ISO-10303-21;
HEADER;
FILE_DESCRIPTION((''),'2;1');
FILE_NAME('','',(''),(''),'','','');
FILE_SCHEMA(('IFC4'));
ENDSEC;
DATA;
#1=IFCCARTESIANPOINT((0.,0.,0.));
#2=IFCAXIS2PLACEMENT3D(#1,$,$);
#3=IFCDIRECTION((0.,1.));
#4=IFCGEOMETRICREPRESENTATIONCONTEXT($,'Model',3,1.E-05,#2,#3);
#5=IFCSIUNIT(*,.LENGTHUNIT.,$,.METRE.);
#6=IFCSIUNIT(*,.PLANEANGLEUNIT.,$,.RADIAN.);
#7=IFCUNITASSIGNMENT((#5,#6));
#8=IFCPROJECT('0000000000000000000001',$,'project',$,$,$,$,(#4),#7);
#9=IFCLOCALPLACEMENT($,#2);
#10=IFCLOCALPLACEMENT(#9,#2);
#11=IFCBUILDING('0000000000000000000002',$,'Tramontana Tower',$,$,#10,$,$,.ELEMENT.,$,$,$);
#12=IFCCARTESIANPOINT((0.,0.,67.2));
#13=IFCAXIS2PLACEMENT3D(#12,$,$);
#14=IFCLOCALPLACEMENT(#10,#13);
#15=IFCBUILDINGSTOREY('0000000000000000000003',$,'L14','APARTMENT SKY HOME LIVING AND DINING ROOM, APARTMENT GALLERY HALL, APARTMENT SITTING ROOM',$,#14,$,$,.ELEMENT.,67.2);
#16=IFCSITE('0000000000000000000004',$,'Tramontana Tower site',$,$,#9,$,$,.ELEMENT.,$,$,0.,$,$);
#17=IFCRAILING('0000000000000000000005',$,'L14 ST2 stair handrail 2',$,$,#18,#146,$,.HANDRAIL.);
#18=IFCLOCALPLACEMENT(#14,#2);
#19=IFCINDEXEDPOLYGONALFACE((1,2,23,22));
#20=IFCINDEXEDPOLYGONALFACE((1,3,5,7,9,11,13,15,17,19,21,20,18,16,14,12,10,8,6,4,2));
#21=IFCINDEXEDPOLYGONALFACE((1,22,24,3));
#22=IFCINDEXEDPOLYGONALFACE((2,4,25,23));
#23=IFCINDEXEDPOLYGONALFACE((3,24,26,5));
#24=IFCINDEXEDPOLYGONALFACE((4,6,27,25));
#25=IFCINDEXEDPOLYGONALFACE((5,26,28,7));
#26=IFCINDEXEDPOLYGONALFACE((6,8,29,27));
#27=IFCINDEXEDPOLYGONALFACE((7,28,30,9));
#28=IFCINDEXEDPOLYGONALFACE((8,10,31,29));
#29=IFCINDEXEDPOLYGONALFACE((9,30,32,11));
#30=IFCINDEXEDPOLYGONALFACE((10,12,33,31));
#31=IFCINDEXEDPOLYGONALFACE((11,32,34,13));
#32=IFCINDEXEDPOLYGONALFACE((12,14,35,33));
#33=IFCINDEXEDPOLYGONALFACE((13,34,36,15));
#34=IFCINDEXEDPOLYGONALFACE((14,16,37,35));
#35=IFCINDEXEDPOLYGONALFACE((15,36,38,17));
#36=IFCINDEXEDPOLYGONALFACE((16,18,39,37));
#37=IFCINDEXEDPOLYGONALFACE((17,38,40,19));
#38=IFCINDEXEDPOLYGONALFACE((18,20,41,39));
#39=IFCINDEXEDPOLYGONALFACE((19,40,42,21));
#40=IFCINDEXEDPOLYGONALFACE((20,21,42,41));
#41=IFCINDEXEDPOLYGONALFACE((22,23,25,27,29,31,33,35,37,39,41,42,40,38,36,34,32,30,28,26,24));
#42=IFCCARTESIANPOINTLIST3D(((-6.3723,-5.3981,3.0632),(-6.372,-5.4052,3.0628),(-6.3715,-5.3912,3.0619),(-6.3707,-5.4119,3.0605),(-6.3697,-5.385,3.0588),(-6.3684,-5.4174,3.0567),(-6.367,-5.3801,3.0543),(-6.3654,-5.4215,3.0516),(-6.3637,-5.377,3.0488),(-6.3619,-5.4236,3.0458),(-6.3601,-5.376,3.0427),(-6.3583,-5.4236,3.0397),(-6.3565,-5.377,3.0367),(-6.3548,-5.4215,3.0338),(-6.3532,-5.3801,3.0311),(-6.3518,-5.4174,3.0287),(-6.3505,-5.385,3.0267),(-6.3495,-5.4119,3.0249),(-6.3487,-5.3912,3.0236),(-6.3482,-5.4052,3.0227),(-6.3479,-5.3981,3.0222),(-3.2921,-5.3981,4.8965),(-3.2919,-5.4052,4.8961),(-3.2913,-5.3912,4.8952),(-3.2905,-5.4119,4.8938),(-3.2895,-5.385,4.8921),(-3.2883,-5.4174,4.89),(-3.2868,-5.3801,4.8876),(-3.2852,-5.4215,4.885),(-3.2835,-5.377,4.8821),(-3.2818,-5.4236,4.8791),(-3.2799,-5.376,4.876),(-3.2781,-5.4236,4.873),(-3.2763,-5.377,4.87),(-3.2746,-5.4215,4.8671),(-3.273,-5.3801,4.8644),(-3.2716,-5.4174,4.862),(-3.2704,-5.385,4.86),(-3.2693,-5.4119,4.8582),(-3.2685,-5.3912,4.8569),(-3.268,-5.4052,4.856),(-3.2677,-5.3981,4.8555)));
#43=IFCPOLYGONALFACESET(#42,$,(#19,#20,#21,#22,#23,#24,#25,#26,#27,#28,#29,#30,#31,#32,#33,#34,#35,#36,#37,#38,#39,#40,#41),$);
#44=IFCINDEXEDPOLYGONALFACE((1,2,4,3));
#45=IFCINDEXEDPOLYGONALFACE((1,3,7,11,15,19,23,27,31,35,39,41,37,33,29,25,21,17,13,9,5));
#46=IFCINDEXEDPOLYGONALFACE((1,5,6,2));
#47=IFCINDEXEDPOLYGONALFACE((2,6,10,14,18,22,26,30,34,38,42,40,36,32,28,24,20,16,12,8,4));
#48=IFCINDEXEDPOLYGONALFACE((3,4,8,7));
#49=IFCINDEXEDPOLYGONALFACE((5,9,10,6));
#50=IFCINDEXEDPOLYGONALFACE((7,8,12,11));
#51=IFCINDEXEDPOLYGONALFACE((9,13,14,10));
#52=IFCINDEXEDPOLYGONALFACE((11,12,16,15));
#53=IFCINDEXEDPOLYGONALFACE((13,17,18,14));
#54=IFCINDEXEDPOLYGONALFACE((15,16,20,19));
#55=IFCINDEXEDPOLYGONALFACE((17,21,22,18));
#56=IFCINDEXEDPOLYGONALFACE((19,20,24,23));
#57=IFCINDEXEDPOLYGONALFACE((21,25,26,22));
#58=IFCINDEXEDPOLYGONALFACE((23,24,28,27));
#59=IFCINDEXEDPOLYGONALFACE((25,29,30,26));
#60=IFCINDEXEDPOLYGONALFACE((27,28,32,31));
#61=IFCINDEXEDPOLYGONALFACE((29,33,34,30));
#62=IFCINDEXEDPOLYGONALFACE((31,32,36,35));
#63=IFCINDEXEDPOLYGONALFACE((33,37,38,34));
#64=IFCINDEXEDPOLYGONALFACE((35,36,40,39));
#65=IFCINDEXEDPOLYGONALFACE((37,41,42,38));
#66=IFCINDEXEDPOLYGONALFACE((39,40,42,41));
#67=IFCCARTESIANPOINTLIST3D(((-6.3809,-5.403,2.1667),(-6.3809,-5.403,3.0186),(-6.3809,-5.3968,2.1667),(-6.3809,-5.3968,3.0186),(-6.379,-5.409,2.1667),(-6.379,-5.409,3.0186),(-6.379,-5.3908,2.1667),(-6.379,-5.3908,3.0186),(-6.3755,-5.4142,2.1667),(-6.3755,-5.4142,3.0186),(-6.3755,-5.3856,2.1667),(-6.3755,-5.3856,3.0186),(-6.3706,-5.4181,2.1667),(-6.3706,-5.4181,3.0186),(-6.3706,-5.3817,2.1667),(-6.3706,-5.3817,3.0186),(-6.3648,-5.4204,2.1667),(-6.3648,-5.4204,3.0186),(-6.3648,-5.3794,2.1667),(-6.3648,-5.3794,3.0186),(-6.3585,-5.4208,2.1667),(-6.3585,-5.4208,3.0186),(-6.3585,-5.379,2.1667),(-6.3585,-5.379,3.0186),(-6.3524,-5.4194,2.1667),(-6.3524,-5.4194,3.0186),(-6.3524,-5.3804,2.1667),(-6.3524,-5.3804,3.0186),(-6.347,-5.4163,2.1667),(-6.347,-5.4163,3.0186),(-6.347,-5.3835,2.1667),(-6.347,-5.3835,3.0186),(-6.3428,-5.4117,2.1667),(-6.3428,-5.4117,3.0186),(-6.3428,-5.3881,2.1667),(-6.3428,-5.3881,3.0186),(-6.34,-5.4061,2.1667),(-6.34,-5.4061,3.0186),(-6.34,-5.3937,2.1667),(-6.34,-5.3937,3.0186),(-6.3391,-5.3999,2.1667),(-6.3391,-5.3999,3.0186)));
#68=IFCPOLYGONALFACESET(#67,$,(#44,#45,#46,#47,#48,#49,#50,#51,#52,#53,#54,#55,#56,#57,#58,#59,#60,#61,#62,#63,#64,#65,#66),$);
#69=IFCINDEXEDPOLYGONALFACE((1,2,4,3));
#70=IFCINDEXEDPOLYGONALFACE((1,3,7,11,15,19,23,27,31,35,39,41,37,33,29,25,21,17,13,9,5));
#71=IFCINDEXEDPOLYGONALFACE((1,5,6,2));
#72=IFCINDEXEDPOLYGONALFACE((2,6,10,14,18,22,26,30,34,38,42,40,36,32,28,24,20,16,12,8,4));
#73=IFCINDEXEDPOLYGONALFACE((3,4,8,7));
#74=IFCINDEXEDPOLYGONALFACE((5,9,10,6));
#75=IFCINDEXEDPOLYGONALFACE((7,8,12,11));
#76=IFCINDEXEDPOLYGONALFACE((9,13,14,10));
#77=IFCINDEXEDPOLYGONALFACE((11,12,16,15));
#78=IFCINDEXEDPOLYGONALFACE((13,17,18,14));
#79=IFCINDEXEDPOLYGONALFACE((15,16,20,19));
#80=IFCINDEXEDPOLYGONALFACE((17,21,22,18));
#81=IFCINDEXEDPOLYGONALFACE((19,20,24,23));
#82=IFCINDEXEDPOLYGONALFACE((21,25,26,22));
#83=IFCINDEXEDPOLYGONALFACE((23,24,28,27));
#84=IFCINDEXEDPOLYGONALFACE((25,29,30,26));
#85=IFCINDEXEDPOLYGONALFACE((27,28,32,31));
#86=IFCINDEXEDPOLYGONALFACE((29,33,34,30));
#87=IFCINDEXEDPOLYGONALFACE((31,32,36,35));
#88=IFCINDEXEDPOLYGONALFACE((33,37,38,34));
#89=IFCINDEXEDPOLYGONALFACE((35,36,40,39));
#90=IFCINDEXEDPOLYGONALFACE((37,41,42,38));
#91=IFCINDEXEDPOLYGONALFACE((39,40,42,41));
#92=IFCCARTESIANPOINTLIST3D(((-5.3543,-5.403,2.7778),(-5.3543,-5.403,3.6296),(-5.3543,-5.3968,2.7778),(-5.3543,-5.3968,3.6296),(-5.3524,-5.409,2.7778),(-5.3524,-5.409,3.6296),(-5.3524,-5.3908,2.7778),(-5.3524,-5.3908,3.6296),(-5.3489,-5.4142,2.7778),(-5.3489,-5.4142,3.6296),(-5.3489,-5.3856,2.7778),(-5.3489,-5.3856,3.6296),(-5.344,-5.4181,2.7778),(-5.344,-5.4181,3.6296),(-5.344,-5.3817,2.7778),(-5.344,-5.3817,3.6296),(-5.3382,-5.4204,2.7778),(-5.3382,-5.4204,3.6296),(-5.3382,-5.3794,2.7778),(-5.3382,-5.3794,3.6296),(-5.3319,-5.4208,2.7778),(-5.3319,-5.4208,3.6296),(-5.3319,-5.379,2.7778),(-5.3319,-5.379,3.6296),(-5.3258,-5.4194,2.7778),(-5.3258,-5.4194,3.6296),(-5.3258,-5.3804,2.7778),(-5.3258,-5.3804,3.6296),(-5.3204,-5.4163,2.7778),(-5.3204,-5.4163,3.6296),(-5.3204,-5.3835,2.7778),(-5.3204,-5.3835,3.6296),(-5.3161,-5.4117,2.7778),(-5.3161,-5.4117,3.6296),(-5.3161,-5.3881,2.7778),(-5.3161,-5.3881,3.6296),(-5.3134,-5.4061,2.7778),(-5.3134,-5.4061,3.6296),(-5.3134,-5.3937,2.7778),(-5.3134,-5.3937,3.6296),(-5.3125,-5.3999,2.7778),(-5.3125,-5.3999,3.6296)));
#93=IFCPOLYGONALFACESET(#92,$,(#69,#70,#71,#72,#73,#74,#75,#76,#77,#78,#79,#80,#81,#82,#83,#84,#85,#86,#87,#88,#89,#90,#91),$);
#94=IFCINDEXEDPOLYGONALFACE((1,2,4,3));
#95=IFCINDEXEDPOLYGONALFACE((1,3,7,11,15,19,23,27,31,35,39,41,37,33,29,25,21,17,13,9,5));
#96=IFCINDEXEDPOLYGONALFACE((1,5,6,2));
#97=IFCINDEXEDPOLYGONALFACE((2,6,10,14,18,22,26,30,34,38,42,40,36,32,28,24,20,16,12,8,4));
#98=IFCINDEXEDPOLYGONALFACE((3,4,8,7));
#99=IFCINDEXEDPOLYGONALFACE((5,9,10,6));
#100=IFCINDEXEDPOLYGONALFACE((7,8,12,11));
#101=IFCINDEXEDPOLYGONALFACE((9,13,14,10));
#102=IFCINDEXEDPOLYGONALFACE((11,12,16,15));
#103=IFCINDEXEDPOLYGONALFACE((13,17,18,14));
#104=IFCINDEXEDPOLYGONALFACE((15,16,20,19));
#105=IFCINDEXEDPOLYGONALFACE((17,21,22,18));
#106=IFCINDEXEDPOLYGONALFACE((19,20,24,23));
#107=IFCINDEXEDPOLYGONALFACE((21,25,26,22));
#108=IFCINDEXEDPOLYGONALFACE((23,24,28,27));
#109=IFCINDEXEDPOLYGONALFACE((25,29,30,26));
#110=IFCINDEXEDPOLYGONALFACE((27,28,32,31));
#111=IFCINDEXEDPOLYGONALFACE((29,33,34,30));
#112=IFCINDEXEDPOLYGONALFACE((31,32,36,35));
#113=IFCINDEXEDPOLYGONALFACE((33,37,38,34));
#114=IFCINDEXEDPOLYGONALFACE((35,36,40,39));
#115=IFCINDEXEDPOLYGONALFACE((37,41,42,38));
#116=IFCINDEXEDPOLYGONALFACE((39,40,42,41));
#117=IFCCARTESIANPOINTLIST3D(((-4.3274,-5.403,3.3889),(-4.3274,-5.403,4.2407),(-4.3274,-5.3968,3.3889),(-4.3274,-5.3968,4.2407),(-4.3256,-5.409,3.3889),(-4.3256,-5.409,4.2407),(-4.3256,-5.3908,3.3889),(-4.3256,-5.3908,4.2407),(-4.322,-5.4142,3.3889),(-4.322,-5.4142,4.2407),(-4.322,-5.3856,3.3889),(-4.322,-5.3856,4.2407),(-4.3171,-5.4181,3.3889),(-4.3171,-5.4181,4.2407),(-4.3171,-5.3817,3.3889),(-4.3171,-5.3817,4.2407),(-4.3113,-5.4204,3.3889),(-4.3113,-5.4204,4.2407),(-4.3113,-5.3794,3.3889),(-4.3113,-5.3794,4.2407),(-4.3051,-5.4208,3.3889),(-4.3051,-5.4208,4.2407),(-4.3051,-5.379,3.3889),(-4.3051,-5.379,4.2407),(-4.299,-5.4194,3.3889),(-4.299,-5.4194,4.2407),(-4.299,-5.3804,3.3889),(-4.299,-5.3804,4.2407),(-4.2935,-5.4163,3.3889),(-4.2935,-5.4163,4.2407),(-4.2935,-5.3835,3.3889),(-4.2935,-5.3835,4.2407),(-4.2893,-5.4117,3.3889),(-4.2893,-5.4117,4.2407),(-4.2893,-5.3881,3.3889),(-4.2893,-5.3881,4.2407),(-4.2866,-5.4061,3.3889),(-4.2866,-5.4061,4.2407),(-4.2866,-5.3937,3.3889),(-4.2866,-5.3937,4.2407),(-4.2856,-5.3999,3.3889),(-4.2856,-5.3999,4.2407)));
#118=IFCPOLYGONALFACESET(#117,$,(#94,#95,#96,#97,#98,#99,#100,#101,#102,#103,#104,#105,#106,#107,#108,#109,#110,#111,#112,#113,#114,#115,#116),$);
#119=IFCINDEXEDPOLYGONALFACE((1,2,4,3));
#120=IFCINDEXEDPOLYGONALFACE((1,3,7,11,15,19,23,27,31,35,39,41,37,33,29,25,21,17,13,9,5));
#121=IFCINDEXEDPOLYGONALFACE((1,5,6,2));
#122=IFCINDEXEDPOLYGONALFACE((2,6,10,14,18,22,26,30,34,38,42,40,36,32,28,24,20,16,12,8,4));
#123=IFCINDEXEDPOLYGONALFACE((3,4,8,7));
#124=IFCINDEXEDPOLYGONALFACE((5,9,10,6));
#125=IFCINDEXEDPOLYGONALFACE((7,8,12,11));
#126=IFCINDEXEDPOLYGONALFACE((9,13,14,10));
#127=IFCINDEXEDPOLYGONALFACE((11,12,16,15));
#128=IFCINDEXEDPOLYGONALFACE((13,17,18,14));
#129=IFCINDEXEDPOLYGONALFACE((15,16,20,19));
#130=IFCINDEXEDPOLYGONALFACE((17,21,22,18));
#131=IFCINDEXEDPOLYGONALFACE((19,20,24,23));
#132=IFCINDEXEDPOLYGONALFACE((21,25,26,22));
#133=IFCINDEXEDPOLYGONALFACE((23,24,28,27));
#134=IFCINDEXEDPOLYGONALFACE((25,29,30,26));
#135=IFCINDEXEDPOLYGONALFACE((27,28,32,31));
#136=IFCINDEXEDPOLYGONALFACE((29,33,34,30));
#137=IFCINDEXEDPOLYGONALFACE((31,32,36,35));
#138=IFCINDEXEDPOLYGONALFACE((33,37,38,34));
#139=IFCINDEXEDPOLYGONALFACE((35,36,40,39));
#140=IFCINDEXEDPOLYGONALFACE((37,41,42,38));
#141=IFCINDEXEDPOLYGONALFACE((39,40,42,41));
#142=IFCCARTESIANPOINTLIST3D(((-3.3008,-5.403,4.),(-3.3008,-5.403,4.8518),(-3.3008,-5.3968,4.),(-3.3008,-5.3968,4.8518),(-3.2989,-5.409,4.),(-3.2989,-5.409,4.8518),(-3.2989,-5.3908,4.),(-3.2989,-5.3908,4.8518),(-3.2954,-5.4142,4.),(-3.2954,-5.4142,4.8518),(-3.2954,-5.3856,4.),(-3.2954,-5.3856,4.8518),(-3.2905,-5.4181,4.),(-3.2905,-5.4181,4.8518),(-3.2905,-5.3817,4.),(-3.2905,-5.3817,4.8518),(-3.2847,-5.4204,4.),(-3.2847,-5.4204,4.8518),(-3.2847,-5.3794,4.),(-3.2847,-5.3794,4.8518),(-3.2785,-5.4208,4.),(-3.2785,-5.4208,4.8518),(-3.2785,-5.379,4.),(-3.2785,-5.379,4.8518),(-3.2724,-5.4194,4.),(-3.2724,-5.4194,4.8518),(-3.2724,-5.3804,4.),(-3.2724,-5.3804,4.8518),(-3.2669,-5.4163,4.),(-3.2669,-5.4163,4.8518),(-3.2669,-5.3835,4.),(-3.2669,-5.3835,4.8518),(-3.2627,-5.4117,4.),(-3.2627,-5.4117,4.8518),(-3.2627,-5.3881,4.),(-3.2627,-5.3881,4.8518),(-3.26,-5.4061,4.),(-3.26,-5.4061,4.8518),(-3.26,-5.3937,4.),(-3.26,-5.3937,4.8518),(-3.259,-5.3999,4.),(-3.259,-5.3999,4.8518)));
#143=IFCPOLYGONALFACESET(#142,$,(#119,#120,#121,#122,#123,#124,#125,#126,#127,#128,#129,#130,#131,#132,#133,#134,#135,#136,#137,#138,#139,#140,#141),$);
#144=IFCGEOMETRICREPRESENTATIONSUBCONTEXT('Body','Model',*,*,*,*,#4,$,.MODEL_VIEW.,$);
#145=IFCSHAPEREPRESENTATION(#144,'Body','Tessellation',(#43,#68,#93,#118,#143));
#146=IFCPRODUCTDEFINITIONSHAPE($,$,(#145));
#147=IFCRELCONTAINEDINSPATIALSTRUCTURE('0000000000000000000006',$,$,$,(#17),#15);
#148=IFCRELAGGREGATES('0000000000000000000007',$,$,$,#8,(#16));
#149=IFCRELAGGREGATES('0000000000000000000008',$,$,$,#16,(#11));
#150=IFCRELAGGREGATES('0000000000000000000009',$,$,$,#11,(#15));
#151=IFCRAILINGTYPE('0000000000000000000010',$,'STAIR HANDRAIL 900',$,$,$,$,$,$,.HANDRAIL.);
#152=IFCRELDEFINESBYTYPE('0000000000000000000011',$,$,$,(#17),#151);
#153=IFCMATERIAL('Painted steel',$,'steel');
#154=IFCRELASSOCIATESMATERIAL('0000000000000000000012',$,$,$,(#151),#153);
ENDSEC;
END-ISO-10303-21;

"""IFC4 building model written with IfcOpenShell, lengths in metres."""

from ifc_helpers import new_model, si_unit, direction, frame, origin, origin_2d, place, context, subcontext, project, spatial, circle, extrude, material, type_object, element, save


model = new_model("IFC4")

# Units and contexts
model_context = context("Model", 3, precision=1e-05, world=origin(), true_north=direction((0.0, 1.0)))
body_context = subcontext(model_context, "Body", "Model", "MODEL_VIEW")
ifc_project = project(units=[si_unit("LENGTHUNIT", "METRE"), si_unit("PLANEANGLEUNIT", "RADIAN")], contexts=[model_context])

# Site, building, storey
site_placement = place(None, origin())
site = spatial("IfcSite", under=ifc_project, at=site_placement, Name="Tramontana Tower site", CompositionType="ELEMENT", RefElevation=0.0)
building_placement = place(site_placement, origin())
building = spatial("IfcBuilding", under=site, at=building_placement, Name="Tramontana Tower", CompositionType="ELEMENT")
storey_placement = place(building_placement, frame((0.0, 0.0, 67.2)))
storey = spatial("IfcBuildingStorey", under=building, at=storey_placement, Name="L14", Description="APARTMENT SKY HOME LIVING AND DINING ROOM, APARTMENT GALLERY HALL, APARTMENT SITTING ROOM", CompositionType="ELEMENT", Elevation=67.2)

# Railing
ifc_material_1 = material(Name="Painted steel", Category="steel")
railing_type_1 = type_object("IfcRailingType", Name="STAIR HANDRAIL 900", PredefinedType="HANDRAIL", material=ifc_material_1)
railing_1_placement = place(storey_placement, frame((-6.3601, -5.3999, 2.1667)))
element("IfcRailing", 1, at=railing_1_placement, inside=storey, type_object=railing_type_1, Name="L14 ST2 stair handrail 2", PredefinedType="HANDRAIL", context=body_context, shape_type="SweptSolid", body=[
    extrude(circle(Radius=0.0239, at=origin_2d()), frame((0.0, 0.0, 0.876), z_axis=(0.859309, 0.0, 0.511458), x_axis=(0.0, 1.0, 0.0)), (0.0, 0.0, 1.0), 3.5845),
    extrude(circle(Radius=0.021, at=origin_2d()), origin(), (0.0, 0.0, 1.0), 0.8518),
    extrude(circle(Radius=0.021, at=origin_2d()), frame((1.0266, 0.0, 0.6111)), (0.0, 0.0, 1.0), 0.8518),
    extrude(circle(Radius=0.021, at=origin_2d()), frame((2.0535, 0.0, 1.2222)), (0.0, 0.0, 1.0), 0.8518),
    extrude(circle(Radius=0.021, at=origin_2d()), frame((3.0801, 0.0, 1.8333)), (0.0, 0.0, 1.0), 0.8518),
])

save(model, "model.ifc")
